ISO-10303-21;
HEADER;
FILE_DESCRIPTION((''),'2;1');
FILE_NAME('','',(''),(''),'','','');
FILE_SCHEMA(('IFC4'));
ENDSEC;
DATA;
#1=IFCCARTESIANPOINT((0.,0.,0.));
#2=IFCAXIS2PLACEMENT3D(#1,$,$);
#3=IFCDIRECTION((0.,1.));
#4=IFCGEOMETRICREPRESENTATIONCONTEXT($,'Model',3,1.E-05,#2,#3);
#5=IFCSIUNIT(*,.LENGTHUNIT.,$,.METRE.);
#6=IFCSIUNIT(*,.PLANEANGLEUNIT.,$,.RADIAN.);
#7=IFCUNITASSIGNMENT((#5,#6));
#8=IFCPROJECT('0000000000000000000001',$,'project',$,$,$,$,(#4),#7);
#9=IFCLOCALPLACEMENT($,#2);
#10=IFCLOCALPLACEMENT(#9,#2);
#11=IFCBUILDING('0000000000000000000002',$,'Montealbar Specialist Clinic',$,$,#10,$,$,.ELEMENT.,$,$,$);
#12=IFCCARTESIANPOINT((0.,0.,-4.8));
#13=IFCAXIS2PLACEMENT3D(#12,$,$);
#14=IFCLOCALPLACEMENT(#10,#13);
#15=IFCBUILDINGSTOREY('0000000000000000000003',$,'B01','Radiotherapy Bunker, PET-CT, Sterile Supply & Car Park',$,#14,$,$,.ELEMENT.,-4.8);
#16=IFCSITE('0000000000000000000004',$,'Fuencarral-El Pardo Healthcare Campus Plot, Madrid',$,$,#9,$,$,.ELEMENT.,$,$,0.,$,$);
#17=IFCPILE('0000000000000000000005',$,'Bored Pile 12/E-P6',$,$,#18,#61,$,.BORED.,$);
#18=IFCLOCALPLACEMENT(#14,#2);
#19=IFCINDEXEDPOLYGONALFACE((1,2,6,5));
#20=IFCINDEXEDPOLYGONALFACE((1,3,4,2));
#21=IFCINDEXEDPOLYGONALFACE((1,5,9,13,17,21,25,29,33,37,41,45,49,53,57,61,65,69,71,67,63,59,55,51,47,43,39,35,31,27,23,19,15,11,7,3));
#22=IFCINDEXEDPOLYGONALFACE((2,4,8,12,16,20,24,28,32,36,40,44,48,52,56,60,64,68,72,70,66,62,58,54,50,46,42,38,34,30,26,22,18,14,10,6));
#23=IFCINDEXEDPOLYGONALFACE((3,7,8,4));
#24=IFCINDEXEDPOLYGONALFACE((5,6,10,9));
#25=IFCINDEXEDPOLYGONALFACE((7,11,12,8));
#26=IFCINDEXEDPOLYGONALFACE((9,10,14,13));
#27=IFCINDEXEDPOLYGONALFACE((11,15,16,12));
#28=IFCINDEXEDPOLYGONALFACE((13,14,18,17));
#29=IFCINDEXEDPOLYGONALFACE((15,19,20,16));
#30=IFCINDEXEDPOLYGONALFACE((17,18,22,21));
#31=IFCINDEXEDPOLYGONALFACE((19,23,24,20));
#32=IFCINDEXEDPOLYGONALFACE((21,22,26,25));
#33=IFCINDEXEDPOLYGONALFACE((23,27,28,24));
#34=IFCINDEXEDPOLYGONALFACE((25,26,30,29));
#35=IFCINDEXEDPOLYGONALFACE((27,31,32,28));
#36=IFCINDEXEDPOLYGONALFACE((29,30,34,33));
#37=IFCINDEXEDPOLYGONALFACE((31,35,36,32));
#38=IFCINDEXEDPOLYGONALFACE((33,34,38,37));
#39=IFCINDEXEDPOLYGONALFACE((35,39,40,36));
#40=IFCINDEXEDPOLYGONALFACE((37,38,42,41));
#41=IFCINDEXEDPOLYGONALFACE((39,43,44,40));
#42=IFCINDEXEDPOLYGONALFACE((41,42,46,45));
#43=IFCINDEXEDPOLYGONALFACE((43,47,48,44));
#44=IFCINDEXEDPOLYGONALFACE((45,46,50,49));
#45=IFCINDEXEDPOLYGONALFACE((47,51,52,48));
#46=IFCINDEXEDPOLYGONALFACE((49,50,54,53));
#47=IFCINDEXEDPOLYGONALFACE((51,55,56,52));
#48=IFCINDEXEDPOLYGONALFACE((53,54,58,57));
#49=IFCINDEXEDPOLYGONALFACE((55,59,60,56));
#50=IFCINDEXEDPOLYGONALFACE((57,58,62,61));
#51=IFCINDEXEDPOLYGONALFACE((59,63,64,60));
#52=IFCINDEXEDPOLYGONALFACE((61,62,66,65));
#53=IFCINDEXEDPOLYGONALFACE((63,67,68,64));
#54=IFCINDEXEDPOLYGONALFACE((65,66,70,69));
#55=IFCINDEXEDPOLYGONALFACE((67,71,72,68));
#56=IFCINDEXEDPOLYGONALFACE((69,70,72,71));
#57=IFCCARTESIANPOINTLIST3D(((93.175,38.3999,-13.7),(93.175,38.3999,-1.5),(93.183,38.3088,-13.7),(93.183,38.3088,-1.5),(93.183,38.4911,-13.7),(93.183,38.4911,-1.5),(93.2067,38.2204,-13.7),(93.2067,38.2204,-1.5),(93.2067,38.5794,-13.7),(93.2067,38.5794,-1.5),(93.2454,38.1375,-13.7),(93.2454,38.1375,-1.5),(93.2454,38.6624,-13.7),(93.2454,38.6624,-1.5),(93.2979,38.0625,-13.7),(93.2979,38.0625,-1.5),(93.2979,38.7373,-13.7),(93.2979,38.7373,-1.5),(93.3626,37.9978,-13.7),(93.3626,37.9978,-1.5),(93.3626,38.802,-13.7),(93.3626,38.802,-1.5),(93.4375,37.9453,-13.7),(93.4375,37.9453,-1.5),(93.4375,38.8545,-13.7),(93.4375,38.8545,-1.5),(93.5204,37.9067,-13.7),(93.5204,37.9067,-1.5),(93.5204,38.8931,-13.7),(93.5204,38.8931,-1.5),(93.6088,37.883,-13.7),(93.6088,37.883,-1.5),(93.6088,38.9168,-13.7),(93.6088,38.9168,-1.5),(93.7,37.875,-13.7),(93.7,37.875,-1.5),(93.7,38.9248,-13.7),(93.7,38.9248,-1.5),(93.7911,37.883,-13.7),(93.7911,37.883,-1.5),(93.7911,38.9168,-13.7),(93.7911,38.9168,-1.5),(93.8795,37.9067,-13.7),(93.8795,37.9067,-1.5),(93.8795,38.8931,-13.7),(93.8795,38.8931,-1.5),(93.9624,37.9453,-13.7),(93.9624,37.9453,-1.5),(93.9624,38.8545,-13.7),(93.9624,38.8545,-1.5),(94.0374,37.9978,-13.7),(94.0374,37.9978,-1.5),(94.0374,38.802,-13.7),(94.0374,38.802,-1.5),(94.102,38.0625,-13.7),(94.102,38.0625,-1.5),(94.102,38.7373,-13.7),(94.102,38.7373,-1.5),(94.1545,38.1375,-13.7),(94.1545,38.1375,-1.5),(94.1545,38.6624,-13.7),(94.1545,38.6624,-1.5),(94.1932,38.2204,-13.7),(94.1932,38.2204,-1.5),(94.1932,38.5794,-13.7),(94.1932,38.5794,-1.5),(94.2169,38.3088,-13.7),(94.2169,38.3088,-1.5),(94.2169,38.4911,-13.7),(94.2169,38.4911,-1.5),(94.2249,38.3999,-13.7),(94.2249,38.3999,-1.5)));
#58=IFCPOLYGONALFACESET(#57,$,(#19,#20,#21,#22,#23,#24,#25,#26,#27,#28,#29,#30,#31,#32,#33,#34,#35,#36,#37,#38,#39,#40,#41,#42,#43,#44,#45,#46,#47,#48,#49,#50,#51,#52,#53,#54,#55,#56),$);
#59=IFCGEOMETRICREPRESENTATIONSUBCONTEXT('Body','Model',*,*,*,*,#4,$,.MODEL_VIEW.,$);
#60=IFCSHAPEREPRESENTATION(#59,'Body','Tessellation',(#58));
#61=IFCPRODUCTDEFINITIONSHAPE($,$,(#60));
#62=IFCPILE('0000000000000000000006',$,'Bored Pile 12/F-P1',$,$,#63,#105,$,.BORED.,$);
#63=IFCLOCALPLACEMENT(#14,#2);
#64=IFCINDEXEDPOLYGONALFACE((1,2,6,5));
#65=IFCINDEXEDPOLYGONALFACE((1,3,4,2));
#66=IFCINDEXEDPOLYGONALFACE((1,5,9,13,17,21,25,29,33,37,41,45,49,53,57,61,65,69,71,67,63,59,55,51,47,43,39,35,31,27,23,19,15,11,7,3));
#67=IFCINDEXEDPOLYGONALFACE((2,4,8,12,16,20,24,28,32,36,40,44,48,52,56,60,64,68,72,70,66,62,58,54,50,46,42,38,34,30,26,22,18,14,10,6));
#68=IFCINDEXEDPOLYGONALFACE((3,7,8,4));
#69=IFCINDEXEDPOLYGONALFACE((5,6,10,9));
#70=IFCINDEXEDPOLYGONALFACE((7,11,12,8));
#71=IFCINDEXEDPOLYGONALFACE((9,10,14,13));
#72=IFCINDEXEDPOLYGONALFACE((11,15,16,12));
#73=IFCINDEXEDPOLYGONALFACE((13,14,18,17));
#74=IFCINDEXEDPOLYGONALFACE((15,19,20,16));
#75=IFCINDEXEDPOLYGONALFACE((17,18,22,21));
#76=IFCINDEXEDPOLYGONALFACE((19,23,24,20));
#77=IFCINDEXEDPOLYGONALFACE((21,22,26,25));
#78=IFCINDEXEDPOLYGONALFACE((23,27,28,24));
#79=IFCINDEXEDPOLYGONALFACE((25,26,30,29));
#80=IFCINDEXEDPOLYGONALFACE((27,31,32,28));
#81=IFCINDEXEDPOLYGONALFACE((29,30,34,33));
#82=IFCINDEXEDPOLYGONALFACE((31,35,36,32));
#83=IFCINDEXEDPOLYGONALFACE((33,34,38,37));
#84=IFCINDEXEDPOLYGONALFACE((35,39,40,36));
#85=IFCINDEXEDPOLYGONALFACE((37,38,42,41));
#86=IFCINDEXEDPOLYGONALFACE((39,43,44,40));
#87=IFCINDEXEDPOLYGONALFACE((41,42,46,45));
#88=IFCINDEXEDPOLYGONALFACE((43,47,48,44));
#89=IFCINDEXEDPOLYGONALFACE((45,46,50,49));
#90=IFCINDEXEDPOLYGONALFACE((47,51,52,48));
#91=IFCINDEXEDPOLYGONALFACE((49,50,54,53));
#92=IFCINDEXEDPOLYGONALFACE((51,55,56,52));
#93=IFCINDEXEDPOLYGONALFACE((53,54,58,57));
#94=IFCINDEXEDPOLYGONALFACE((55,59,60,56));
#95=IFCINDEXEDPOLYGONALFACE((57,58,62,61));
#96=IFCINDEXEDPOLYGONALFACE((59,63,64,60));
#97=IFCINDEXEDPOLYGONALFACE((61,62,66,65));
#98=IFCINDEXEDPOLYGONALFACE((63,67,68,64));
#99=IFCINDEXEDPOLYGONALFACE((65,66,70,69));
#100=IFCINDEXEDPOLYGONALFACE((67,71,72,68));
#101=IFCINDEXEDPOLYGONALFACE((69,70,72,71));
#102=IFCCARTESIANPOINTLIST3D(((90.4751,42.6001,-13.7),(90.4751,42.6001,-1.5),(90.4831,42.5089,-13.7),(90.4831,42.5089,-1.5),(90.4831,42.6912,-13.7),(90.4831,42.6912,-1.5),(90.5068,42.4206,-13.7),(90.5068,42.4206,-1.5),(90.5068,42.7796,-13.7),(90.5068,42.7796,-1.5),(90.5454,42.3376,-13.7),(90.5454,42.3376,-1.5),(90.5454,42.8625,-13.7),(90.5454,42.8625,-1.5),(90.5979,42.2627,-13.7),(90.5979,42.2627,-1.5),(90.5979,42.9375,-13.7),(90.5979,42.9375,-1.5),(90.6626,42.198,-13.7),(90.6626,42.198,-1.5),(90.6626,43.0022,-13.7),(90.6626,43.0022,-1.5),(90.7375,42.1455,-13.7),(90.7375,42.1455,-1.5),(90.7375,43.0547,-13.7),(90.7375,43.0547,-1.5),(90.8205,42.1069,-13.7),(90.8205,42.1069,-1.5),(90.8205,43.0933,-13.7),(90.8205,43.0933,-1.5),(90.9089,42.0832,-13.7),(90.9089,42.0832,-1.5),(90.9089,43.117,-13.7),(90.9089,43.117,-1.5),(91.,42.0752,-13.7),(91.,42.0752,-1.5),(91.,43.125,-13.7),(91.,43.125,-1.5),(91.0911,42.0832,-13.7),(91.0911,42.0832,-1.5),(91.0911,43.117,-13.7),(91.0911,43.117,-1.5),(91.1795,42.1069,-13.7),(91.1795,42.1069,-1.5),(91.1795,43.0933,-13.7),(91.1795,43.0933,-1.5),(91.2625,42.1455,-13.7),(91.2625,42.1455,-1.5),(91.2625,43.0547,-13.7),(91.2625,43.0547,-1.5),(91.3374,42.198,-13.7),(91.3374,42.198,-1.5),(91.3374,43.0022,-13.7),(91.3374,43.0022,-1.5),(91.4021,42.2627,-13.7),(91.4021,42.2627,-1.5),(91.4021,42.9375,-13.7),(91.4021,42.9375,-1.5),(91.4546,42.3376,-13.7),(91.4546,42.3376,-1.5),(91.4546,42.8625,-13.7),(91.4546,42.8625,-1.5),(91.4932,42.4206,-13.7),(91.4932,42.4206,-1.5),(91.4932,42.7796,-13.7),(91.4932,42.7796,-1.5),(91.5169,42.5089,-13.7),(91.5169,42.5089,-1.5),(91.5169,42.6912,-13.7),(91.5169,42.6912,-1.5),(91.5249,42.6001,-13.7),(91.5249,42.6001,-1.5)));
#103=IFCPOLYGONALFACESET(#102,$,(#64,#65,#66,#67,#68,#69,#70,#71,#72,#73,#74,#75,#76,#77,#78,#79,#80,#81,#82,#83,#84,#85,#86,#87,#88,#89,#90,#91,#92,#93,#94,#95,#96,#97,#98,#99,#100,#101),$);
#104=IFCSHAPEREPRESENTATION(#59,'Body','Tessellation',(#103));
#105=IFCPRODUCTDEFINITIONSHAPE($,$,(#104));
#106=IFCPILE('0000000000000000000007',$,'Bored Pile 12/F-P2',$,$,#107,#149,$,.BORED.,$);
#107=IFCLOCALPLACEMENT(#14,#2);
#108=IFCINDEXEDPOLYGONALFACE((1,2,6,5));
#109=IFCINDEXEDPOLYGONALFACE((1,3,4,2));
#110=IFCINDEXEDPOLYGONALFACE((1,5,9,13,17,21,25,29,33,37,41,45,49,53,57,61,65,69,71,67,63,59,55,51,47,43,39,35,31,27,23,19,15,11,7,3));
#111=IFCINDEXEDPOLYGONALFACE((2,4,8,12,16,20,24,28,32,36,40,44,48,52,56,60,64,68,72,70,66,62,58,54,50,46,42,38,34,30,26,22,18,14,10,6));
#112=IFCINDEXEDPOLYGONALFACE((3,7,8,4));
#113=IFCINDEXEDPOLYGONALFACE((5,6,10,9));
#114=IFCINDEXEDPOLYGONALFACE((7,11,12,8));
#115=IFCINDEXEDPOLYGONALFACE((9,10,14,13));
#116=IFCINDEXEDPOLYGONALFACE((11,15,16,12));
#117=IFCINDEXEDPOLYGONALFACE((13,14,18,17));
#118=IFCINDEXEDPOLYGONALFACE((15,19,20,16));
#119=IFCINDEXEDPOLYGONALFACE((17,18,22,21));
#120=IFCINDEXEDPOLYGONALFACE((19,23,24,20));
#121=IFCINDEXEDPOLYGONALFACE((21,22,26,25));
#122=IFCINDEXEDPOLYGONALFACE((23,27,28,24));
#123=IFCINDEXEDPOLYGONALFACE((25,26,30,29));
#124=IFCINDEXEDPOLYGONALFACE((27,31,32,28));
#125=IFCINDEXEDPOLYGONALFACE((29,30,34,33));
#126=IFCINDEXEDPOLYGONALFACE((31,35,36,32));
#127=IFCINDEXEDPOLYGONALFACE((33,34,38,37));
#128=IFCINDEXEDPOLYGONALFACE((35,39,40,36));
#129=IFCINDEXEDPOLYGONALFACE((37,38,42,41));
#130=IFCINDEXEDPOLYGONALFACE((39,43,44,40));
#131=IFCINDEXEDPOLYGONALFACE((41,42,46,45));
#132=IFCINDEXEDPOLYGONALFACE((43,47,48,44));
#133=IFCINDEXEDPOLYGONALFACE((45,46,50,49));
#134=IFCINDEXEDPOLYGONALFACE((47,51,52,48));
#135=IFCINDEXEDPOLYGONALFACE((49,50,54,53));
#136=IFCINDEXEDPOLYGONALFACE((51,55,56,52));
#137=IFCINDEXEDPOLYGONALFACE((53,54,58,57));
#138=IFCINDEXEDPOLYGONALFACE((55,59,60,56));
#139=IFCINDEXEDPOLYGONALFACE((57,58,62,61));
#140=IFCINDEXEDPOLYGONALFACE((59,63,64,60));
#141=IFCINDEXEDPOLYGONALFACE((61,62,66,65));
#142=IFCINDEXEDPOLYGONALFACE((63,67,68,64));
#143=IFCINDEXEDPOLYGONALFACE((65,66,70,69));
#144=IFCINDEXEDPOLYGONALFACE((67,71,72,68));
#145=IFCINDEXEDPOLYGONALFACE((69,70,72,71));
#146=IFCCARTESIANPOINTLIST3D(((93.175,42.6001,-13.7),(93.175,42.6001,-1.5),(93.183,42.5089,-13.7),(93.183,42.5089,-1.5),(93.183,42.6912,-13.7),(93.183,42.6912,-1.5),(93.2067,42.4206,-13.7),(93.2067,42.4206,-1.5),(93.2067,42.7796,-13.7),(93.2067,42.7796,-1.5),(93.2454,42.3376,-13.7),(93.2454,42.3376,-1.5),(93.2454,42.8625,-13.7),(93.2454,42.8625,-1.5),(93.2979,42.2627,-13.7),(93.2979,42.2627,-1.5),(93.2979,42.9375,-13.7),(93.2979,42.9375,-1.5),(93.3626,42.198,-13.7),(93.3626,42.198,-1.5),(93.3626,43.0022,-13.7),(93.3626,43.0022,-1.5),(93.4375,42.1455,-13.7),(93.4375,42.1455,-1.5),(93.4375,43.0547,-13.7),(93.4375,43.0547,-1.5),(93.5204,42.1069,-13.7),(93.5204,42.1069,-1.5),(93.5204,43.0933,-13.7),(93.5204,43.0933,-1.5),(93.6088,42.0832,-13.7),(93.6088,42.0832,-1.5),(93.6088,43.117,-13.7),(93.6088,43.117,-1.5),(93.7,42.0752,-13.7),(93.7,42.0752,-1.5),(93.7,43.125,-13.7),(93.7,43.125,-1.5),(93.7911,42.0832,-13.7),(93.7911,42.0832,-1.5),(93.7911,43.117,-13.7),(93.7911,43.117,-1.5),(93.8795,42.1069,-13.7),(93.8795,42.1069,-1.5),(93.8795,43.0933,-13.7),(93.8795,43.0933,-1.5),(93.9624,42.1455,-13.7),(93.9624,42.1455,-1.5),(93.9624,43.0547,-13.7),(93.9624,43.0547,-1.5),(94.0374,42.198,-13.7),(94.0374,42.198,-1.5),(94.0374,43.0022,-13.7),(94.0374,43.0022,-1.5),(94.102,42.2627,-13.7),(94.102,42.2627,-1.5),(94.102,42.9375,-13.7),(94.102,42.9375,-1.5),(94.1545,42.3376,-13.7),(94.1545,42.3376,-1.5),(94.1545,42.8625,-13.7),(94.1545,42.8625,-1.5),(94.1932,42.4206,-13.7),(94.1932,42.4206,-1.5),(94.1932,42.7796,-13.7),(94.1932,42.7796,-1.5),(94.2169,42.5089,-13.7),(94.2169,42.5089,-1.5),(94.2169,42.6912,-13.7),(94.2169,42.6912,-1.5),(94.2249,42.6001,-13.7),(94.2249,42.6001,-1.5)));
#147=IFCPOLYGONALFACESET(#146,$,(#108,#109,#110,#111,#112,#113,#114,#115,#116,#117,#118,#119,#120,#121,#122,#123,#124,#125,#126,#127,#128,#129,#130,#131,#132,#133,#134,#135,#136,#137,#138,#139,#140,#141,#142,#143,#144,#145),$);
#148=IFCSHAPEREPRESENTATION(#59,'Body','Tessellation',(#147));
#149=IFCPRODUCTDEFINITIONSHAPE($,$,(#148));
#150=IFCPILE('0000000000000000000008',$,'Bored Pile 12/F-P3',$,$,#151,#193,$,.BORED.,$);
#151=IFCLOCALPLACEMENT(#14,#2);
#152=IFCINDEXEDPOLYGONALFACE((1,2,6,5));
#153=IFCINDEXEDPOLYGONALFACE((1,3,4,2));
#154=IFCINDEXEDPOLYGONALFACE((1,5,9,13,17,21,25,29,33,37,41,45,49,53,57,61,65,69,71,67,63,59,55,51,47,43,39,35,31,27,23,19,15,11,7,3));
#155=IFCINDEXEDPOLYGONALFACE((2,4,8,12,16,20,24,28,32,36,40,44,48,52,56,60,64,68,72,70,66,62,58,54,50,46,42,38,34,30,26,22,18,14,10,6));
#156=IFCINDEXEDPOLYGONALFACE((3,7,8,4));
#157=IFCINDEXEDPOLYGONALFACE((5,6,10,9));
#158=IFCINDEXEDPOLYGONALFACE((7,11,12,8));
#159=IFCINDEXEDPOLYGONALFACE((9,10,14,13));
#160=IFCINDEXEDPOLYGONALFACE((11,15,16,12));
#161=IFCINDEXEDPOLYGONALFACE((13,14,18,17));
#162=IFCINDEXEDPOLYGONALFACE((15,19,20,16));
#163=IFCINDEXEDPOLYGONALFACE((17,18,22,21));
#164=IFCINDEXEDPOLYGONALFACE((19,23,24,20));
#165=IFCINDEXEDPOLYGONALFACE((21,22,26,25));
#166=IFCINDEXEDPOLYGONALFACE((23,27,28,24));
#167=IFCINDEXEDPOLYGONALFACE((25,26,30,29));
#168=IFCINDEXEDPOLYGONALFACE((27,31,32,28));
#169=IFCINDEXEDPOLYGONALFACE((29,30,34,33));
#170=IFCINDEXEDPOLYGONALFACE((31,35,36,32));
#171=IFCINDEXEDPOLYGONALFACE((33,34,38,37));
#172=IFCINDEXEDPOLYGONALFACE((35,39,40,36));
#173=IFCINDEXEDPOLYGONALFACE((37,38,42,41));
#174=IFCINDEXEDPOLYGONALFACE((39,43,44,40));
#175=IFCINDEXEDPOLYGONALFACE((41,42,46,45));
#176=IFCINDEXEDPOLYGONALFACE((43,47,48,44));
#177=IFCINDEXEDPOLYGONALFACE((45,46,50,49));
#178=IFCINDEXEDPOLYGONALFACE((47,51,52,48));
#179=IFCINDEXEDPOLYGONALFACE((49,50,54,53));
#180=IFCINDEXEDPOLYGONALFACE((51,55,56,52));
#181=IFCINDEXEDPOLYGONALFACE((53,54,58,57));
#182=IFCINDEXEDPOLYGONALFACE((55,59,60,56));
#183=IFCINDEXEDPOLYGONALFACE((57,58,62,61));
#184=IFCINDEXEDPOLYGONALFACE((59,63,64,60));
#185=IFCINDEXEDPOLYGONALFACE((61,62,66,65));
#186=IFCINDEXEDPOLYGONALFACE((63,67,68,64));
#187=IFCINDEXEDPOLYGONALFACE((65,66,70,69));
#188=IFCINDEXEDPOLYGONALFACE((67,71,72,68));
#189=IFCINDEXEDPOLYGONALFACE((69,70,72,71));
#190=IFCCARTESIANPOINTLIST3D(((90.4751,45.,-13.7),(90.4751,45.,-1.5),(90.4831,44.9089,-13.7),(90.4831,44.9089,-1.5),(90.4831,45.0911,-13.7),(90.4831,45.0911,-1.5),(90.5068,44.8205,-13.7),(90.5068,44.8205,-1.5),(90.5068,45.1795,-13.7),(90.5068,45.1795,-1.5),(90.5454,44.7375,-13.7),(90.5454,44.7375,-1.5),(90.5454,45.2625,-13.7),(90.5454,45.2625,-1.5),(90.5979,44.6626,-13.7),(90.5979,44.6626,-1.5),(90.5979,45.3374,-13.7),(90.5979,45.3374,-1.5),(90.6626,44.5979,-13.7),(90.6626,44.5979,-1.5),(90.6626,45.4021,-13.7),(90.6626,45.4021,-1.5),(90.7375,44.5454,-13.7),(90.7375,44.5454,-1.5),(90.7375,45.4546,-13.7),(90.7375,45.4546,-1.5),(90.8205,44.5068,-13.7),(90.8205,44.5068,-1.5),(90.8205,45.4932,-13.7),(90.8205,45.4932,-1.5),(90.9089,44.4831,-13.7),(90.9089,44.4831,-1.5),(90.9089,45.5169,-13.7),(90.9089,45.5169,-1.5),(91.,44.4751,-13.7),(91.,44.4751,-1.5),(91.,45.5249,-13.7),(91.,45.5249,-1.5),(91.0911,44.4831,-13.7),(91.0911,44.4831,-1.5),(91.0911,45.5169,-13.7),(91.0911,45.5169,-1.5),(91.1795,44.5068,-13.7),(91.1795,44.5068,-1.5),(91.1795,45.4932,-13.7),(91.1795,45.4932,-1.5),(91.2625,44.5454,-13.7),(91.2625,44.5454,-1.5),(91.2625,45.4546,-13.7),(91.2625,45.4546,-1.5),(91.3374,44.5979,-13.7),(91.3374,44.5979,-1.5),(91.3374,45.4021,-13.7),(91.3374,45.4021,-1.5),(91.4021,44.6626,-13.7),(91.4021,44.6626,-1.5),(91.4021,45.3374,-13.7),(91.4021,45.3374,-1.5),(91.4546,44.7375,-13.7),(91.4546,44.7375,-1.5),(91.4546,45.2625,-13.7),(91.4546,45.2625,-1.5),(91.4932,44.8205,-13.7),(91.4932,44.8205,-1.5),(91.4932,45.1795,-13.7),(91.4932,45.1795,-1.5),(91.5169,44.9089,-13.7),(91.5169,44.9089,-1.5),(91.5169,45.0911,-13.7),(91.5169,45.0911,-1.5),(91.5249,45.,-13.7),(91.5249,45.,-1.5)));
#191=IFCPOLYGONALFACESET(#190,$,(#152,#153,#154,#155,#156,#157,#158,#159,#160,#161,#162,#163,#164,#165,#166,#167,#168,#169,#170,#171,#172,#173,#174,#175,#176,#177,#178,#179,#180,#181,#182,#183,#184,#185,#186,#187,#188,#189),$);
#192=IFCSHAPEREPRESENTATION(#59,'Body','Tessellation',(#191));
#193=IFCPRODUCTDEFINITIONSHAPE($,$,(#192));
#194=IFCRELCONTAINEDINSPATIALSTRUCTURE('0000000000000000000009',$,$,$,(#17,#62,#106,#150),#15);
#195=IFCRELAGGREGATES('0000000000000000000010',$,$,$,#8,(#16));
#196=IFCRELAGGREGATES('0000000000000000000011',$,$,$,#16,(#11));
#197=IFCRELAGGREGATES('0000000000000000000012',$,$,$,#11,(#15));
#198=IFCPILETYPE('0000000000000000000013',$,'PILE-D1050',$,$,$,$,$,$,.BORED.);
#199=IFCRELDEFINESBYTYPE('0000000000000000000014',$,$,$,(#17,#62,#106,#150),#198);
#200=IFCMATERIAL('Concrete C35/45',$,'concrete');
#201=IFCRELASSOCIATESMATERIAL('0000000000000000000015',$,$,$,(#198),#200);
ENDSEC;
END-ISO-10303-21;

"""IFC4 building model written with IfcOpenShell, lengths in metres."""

from ifc_helpers import new_model, si_unit, direction, frame, origin, origin_2d, place, context, subcontext, project, spatial, circle, extrude, material, material_profile, profile_set, type_object, element, save


model = new_model("IFC4")

# Units and contexts
model_context = context("Model", 3, precision=1e-05, world=origin(), true_north=direction((0.0, 1.0)))
body_context = subcontext(model_context, "Body", "Model", "MODEL_VIEW")
ifc_project = project(units=[si_unit("LENGTHUNIT", "METRE"), si_unit("PLANEANGLEUNIT", "RADIAN")], contexts=[model_context])

# Site, building, storey
site_placement = place(None, origin())
site = spatial("IfcSite", under=ifc_project, at=site_placement, Name="Fuencarral-El Pardo Healthcare Campus Plot, Madrid", CompositionType="ELEMENT", RefElevation=0.0)
building_placement = place(site_placement, origin())
building = spatial("IfcBuilding", under=site, at=building_placement, Name="Montealbar Specialist Clinic", CompositionType="ELEMENT")
storey_placement = place(building_placement, frame((0.0, 0.0, -4.8)))
storey = spatial("IfcBuildingStorey", under=building, at=storey_placement, Name="B01", Description="Radiotherapy Bunker, PET-CT, Sterile Supply & Car Park", CompositionType="ELEMENT", Elevation=-4.8)

# Shared definitions
ifc_material_1 = material(Name="Concrete C35/45", Category="concrete")

# Piles
ifc_material_profile_1 = material_profile(ifc_material_1, circle(Radius=0.5249, at=origin_2d()), Name="PILE D1050", Category="concrete")
ifc_profile_set_1 = profile_set([ifc_material_profile_1], Name="Concrete C35/45")
pile_type_1 = type_object("IfcPileType", Name="PILE-D1050", PredefinedType="BORED", material=ifc_profile_set_1)
for number, where, z_axis, x_axis, name in (
    (1, (93.7, 38.3999, -1.5), (0.0, 0.0, -1.0), (1.0, 0.0, 0.0), "Bored Pile 12/E-P6"),
    (2, (91.0, 42.6001, -1.5), (0.0, 0.0, -1.0), (1.0, 0.0, 0.0), "Bored Pile 12/F-P1"),
    (3, (93.7, 42.6001, -1.5), (0.0, 0.0, -1.0), (1.0, 0.0, 0.0), "Bored Pile 12/F-P2"),
    (4, (91.0, 45.0, -1.5), (0.0, 0.0, -1.0), (1.0, 0.0, 0.0), "Bored Pile 12/F-P3"),
):
    element("IfcPile", number, at=place(storey_placement, frame(where, z_axis=z_axis, x_axis=x_axis)), inside=storey, type_object=pile_type_1, Name=name, PredefinedType="BORED", context=body_context, shape_type="SweptSolid", body=[
        extrude(circle(Radius=0.5249, at=origin_2d()), origin(), (0.0, 0.0, 1.0), 12.2),
    ])

save(model, "model.ifc")
